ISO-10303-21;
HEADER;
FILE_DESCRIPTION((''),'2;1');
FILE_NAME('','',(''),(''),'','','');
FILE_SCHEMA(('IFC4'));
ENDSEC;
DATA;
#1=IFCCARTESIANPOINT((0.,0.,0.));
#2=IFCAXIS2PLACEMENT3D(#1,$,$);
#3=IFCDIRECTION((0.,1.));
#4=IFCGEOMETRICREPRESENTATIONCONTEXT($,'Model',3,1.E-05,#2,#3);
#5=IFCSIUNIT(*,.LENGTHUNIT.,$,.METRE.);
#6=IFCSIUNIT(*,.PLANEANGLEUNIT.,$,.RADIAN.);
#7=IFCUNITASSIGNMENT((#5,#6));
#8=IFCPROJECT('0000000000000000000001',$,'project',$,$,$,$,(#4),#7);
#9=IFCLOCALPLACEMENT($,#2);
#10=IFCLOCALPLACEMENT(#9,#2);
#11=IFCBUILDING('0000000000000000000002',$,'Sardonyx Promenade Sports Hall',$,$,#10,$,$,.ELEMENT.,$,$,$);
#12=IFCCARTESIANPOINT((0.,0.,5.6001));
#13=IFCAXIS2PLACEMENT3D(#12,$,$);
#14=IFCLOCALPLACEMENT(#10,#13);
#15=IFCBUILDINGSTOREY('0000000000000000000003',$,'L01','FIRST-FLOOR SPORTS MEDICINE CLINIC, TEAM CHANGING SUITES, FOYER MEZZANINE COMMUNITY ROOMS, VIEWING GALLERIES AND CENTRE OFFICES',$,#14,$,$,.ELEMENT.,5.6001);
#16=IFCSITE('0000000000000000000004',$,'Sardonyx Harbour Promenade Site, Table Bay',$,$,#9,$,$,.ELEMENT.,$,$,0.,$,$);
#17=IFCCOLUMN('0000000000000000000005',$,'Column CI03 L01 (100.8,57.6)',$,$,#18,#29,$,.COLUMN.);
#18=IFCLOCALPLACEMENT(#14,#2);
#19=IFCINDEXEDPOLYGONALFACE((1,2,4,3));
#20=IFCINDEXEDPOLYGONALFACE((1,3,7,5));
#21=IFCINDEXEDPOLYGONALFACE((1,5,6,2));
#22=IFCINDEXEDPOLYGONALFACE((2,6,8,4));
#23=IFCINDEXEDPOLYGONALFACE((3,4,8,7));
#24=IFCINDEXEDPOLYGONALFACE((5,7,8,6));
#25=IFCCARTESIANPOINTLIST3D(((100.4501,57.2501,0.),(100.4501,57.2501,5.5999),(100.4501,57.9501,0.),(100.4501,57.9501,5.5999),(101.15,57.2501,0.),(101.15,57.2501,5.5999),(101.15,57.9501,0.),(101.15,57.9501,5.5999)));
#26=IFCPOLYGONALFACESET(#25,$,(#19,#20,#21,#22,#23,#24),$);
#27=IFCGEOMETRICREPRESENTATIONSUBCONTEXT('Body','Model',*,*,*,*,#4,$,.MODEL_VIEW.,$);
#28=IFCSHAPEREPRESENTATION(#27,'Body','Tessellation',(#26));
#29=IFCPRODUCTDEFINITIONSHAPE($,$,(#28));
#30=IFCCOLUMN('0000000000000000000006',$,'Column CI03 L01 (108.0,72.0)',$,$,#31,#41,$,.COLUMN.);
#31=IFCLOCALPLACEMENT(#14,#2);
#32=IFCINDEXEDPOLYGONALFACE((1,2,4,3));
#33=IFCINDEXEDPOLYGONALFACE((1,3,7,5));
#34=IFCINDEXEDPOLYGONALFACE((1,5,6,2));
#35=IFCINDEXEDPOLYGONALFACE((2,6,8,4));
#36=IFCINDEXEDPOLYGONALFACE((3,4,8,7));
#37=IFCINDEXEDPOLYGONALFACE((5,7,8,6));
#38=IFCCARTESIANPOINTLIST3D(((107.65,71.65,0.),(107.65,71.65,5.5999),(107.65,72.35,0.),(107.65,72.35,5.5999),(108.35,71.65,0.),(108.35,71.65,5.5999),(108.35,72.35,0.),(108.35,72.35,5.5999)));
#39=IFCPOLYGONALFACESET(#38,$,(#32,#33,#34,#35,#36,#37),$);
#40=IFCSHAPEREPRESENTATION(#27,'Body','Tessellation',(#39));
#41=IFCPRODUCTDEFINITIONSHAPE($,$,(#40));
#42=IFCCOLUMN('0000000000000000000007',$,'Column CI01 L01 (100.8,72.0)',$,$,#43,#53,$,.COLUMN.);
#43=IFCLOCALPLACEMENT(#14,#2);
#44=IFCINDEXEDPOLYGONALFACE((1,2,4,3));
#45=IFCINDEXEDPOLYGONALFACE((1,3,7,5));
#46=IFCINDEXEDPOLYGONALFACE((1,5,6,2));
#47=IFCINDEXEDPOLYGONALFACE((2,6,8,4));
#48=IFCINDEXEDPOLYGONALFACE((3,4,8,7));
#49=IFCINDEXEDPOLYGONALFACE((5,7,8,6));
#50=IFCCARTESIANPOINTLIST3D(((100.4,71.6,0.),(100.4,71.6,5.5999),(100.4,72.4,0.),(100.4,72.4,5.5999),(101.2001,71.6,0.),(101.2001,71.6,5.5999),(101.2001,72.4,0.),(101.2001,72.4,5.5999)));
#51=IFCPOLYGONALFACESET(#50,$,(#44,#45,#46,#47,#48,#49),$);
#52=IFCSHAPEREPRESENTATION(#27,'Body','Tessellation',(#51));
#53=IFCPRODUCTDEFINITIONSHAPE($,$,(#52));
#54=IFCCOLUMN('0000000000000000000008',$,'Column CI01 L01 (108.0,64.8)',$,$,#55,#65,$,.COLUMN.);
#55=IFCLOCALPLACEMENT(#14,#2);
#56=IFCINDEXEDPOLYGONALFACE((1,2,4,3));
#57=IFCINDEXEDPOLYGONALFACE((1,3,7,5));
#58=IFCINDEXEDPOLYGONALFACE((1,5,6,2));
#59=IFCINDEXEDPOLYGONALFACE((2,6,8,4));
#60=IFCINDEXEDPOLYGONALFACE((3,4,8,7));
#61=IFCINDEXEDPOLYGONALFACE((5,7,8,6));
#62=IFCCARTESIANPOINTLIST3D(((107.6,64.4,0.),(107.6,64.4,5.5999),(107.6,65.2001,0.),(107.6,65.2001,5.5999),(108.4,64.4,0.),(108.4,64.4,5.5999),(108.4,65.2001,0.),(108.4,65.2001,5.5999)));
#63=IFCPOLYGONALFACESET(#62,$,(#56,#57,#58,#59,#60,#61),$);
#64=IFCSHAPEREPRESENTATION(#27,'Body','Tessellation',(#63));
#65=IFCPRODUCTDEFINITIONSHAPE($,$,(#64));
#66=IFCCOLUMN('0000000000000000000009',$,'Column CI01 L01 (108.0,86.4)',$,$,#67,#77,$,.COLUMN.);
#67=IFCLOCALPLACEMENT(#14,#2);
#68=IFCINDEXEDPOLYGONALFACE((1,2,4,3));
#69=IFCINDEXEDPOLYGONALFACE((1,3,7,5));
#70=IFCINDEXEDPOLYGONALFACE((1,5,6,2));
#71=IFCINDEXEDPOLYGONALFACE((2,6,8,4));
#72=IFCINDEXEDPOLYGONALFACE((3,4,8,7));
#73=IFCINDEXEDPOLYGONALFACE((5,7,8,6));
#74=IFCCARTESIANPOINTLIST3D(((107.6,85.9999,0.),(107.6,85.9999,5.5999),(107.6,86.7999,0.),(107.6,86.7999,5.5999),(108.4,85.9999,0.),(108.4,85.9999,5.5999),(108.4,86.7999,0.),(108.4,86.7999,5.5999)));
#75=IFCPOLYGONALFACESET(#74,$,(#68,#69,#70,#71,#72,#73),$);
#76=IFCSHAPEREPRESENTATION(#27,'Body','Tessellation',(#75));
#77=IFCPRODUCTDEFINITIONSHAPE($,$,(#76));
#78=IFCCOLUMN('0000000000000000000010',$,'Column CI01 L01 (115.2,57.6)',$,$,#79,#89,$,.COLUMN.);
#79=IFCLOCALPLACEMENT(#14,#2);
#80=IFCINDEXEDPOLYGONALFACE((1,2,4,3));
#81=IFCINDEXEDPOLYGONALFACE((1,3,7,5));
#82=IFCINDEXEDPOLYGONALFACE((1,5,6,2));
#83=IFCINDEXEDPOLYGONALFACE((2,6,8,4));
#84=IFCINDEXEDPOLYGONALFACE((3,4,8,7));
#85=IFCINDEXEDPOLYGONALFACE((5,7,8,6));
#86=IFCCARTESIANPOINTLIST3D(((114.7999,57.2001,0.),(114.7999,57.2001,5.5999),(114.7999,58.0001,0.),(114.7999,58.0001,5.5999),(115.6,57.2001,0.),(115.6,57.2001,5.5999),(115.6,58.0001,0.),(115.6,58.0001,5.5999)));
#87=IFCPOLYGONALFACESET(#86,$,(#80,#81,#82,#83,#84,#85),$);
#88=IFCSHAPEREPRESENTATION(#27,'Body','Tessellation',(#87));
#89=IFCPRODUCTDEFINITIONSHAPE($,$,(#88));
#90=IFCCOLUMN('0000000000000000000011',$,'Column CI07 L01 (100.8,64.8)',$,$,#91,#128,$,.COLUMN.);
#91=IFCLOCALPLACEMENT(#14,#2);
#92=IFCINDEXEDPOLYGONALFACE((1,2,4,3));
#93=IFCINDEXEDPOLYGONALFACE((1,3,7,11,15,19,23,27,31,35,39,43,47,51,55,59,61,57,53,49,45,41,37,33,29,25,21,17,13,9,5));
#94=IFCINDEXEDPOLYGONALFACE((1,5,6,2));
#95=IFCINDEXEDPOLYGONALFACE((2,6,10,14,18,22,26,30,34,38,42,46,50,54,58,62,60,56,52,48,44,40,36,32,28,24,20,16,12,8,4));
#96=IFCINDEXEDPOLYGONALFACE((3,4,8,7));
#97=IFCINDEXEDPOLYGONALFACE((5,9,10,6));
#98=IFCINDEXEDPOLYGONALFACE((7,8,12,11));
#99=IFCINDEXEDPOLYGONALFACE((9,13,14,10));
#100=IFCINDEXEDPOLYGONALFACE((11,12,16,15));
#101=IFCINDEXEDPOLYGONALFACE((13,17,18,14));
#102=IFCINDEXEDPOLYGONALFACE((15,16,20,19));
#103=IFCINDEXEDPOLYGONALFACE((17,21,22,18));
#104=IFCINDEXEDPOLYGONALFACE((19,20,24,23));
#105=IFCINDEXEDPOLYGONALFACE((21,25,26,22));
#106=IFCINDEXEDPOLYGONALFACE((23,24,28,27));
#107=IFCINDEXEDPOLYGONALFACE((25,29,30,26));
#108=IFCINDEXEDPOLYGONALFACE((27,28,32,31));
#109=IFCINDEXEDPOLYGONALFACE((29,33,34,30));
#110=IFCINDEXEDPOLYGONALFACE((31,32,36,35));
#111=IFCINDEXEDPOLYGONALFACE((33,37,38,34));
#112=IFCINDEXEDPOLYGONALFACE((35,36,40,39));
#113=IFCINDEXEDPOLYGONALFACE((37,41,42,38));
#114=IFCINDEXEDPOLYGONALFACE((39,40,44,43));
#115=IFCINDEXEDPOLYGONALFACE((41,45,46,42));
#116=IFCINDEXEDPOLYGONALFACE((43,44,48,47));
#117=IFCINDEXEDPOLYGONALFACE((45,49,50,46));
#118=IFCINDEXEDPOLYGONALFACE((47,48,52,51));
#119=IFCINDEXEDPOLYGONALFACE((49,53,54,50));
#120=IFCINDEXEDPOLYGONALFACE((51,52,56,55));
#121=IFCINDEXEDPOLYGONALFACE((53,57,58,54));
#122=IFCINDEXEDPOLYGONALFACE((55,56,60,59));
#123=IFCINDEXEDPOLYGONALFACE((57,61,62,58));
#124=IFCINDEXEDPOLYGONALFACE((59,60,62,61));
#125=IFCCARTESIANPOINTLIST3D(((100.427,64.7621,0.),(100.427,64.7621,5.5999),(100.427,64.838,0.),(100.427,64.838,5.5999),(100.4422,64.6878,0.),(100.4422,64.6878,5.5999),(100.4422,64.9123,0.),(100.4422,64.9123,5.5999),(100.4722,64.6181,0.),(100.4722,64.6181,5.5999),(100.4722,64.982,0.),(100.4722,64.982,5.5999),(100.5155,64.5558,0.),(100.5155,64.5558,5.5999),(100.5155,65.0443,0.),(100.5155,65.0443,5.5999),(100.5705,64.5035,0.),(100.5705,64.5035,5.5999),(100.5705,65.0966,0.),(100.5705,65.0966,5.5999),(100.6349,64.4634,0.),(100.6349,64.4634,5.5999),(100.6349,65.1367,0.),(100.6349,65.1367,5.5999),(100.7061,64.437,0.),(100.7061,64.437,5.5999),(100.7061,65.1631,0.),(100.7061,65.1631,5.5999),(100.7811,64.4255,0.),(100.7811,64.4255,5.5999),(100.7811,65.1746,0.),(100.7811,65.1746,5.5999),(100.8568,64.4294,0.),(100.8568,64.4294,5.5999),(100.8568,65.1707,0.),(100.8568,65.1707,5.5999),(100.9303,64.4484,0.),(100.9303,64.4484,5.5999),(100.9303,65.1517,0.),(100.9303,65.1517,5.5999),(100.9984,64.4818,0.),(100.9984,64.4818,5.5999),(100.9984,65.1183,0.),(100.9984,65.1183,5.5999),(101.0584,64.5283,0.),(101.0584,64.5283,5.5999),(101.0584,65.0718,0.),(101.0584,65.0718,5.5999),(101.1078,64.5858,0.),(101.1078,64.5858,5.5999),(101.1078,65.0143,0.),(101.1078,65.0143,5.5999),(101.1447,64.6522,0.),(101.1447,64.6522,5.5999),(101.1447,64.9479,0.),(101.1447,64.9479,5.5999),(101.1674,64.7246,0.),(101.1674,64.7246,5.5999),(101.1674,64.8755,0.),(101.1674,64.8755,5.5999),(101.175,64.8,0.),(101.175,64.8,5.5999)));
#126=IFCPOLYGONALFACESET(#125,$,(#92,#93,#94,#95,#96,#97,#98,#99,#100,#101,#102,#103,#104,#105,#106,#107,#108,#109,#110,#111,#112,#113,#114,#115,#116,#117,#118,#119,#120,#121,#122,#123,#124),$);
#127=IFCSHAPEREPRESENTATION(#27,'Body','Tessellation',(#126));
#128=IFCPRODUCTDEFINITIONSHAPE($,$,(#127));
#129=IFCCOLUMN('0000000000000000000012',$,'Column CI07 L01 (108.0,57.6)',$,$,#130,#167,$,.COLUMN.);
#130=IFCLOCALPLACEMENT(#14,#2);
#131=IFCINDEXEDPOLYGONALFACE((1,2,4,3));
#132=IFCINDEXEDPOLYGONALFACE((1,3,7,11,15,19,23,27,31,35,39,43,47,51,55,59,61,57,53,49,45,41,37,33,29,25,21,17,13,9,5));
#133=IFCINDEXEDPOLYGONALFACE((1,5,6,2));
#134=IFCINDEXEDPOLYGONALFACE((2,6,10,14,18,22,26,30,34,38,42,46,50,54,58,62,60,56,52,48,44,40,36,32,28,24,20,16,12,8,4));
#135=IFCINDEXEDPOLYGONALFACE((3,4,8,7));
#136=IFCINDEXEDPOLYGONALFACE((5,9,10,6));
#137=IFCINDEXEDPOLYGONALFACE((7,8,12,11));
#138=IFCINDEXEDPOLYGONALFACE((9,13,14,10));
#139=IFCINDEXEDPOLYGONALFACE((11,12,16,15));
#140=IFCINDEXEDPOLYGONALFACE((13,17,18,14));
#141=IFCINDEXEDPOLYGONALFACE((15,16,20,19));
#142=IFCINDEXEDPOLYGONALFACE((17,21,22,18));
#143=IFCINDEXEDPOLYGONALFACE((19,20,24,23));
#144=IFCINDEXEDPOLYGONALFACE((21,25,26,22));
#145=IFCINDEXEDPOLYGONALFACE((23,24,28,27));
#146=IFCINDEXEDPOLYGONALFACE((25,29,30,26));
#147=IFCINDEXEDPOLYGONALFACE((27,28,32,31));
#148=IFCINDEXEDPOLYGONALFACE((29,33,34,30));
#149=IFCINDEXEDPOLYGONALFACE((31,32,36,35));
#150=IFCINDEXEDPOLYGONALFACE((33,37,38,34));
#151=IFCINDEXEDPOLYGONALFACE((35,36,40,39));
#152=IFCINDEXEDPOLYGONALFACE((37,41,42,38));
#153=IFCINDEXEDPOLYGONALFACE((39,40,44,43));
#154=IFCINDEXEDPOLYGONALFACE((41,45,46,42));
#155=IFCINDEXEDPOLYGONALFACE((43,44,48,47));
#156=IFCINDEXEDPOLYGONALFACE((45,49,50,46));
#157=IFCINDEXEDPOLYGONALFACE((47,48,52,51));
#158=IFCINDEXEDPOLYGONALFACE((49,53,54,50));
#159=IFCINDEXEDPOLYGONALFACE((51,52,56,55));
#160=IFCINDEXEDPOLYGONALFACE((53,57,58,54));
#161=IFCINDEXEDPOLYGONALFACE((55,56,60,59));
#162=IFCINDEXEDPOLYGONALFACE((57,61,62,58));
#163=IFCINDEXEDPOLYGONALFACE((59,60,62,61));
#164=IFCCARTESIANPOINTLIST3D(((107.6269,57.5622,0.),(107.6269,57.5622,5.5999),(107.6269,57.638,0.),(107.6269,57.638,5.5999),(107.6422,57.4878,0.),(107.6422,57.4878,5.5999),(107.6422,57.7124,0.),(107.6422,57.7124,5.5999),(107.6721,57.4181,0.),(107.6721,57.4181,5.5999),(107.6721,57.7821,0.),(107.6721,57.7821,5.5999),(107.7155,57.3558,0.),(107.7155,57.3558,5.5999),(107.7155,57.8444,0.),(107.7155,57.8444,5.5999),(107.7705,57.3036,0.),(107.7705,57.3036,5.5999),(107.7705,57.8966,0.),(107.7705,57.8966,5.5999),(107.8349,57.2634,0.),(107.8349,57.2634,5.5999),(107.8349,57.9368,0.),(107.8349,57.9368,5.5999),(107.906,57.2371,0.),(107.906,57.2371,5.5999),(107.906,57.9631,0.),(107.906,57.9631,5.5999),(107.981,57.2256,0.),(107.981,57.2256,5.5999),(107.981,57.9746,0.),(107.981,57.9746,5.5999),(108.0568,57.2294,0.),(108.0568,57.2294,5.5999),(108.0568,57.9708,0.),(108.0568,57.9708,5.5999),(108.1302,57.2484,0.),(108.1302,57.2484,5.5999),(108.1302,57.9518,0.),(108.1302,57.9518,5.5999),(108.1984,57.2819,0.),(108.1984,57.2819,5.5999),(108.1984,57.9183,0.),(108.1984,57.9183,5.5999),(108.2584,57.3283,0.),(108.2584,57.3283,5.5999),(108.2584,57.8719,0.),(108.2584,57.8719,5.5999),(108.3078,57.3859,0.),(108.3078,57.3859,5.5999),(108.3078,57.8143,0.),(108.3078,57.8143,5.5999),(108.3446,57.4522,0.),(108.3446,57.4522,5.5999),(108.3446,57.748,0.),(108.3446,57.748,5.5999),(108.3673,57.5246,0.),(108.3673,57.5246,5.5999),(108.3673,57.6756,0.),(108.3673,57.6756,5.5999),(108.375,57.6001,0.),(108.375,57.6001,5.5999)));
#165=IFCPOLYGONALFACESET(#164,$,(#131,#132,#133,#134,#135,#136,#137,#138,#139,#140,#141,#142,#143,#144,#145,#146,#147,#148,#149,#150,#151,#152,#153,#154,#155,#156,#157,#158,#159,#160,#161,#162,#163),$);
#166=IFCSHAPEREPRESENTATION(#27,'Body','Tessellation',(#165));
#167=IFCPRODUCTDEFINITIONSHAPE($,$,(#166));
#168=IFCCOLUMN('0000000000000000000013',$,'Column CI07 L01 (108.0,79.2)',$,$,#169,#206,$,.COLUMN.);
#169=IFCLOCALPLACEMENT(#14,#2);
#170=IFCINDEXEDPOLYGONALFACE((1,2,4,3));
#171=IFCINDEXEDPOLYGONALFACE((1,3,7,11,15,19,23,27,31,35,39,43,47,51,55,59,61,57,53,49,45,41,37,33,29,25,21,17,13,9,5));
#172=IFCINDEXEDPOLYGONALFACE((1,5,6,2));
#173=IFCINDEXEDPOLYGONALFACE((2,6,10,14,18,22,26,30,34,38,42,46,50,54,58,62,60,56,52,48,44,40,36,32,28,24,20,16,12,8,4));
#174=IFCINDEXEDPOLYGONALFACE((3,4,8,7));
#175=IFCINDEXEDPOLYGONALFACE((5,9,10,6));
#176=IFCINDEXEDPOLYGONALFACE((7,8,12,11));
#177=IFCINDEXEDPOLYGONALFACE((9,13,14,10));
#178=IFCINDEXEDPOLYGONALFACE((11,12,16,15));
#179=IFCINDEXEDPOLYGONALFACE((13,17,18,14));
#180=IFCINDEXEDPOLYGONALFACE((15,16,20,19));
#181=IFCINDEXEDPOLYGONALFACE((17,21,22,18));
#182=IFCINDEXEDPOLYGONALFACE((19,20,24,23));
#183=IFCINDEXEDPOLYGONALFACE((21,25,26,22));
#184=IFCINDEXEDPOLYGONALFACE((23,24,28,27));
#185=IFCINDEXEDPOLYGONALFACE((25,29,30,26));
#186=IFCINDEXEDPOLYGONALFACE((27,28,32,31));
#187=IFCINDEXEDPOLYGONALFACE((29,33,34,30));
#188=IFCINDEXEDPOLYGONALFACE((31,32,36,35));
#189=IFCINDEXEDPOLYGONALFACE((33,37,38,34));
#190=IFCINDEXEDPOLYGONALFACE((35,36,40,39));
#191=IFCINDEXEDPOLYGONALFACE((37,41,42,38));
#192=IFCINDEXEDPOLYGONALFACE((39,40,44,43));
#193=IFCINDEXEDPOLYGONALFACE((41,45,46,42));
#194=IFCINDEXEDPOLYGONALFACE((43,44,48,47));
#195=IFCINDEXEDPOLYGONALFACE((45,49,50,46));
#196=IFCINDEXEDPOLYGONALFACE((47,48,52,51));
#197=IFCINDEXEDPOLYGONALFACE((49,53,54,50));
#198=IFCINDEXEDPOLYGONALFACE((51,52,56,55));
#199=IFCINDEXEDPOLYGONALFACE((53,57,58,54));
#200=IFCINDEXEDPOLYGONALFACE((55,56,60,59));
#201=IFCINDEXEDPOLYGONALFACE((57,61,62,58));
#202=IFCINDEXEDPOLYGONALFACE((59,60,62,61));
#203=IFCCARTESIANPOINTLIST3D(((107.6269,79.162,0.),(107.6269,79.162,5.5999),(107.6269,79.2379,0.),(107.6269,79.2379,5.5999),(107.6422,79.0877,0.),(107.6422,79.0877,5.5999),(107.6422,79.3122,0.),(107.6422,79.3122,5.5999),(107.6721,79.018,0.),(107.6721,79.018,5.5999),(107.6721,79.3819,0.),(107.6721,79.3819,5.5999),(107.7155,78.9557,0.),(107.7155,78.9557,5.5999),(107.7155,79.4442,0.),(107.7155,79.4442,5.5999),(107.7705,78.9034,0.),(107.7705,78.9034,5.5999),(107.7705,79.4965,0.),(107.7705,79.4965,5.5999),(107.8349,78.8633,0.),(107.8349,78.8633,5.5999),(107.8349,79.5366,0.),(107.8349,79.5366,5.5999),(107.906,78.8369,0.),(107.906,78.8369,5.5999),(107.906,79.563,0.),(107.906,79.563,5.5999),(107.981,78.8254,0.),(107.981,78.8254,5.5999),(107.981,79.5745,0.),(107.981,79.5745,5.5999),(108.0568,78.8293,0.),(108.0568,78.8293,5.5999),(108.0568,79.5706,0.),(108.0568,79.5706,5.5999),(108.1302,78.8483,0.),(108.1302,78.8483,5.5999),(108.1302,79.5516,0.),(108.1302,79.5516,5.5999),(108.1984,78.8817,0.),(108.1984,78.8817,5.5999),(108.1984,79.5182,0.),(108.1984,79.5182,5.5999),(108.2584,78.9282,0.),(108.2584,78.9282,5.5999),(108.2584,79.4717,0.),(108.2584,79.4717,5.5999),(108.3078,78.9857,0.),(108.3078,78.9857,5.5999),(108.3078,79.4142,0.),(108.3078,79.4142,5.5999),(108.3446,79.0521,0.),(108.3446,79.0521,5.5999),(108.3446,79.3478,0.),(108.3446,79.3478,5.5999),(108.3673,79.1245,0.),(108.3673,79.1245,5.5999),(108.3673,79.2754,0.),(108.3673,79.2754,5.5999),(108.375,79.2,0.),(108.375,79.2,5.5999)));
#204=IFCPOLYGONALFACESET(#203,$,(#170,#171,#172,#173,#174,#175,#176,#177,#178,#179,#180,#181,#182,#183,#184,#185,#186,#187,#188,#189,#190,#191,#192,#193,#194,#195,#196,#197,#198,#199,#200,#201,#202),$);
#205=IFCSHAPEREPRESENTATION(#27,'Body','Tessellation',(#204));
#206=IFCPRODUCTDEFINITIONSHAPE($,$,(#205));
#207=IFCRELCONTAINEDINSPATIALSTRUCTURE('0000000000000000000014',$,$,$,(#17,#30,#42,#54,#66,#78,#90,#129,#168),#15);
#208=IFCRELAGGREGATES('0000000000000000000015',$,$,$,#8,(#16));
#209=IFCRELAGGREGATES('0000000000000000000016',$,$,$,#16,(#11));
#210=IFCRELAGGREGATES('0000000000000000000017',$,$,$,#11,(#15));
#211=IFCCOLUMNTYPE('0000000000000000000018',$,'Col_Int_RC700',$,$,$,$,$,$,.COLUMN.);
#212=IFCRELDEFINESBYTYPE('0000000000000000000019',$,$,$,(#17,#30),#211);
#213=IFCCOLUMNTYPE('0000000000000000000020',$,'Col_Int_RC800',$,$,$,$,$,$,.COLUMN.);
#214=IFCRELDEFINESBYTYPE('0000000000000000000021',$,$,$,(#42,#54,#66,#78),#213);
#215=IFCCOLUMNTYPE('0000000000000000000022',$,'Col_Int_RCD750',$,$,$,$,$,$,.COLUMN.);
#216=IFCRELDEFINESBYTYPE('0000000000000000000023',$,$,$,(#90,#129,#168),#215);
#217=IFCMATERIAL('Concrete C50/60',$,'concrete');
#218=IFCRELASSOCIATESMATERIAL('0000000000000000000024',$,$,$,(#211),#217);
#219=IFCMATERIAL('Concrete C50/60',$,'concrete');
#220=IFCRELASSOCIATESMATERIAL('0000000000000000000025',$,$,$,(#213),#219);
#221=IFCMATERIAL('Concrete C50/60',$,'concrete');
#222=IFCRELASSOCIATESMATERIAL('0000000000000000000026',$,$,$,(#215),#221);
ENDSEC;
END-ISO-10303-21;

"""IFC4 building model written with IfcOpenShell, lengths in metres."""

from ifc_helpers import new_model, si_unit, direction, frame, origin, origin_2d, place, context, subcontext, project, spatial, rectangle, circle, extrude, material, material_profile, profile_set, type_object, element, save


model = new_model("IFC4")

# Units and contexts
model_context = context("Model", 3, precision=1e-05, world=origin(), true_north=direction((0.0, 1.0)))
body_context = subcontext(model_context, "Body", "Model", "MODEL_VIEW")
ifc_project = project(units=[si_unit("LENGTHUNIT", "METRE"), si_unit("PLANEANGLEUNIT", "RADIAN")], contexts=[model_context])

# Site, building, storey
site_placement = place(None, origin())
site = spatial("IfcSite", under=ifc_project, at=site_placement, Name="Sardonyx Harbour Promenade Site, Table Bay", CompositionType="ELEMENT", RefElevation=0.0)
building_placement = place(site_placement, origin())
building = spatial("IfcBuilding", under=site, at=building_placement, Name="Sardonyx Promenade Sports Hall", CompositionType="ELEMENT")
storey_placement = place(building_placement, frame((0.0, 0.0, 5.6001)))
storey = spatial("IfcBuildingStorey", under=building, at=storey_placement, Name="L01", Description="FIRST-FLOOR SPORTS MEDICINE CLINIC, TEAM CHANGING SUITES, FOYER MEZZANINE COMMUNITY ROOMS, VIEWING GALLERIES AND CENTRE OFFICES", CompositionType="ELEMENT", Elevation=5.6001)

# Columns
ifc_material_1 = material(Name="Concrete C50/60", Category="concrete")
ifc_material_profile_1 = material_profile(ifc_material_1, rectangle(XDim=0.7, YDim=0.7, at=origin_2d()))
ifc_profile_set_1 = profile_set([ifc_material_profile_1], Name="Concrete C50/60")
column_type_1 = type_object("IfcColumnType", Name="Col_Int_RC700", PredefinedType="COLUMN", material=ifc_profile_set_1)
for number, where, z_axis, x_axis, name in (
    (1, (100.8, 57.6001, 0.0), (0.0, 0.0, 1.0), (1.0, 0.0, 0.0), "Column CI03 L01 (100.8,57.6)"),
    (2, (108.0, 72.0, 0.0), (0.0, 0.0, 1.0), (1.0, 0.0, 0.0), "Column CI03 L01 (108.0,72.0)"),
):
    element("IfcColumn", number, at=place(storey_placement, frame(where, z_axis=z_axis, x_axis=x_axis)), inside=storey, type_object=column_type_1, Name=name, PredefinedType="COLUMN", context=body_context, shape_type="SweptSolid", body=[
        extrude(rectangle(XDim=0.7, YDim=0.7, at=origin_2d()), origin(), (0.0, 0.0, 1.0), 5.5999),
    ])
ifc_material_2 = material(Name="Concrete C50/60", Category="concrete")
ifc_material_profile_2 = material_profile(ifc_material_2, rectangle(XDim=0.8, YDim=0.8, at=origin_2d()))
ifc_profile_set_2 = profile_set([ifc_material_profile_2], Name="Concrete C50/60")
column_type_2 = type_object("IfcColumnType", Name="Col_Int_RC800", PredefinedType="COLUMN", material=ifc_profile_set_2)
for number, where, z_axis, x_axis, name in (
    (3, (100.8, 72.0, 0.0), (0.0, 0.0, 1.0), (1.0, 0.0, 0.0), "Column CI01 L01 (100.8,72.0)"),
    (4, (108.0, 64.8, 0.0), (0.0, 0.0, 1.0), (1.0, 0.0, 0.0), "Column CI01 L01 (108.0,64.8)"),
    (5, (108.0, 86.3999, 0.0), (0.0, 0.0, 1.0), (1.0, 0.0, 0.0), "Column CI01 L01 (108.0,86.4)"),
    (6, (115.2, 57.6001, 0.0), (0.0, 0.0, 1.0), (1.0, 0.0, 0.0), "Column CI01 L01 (115.2,57.6)"),
):
    element("IfcColumn", number, at=place(storey_placement, frame(where, z_axis=z_axis, x_axis=x_axis)), inside=storey, type_object=column_type_2, Name=name, PredefinedType="COLUMN", context=body_context, shape_type="SweptSolid", body=[
        extrude(rectangle(XDim=0.8, YDim=0.8, at=origin_2d()), origin(), (0.0, 0.0, 1.0), 5.5999),
    ])
ifc_material_3 = material(Name="Concrete C50/60", Category="concrete")
ifc_material_profile_3 = material_profile(ifc_material_3, circle(Radius=0.375, at=origin_2d()))
ifc_profile_set_3 = profile_set([ifc_material_profile_3], Name="Concrete C50/60")
column_type_3 = type_object("IfcColumnType", Name="Col_Int_RCD750", PredefinedType="COLUMN", material=ifc_profile_set_3)
for number, where, z_axis, x_axis, name in (
    (7, (100.8, 64.8, 0.0), (0.0, 0.0, 1.0), (1.0, 0.0, 0.0), "Column CI07 L01 (100.8,64.8)"),
    (8, (108.0, 57.6001, 0.0), (0.0, 0.0, 1.0), (1.0, 0.0, 0.0), "Column CI07 L01 (108.0,57.6)"),
    (9, (108.0, 79.2, 0.0), (0.0, 0.0, 1.0), (1.0, 0.0, 0.0), "Column CI07 L01 (108.0,79.2)"),
):
    element("IfcColumn", number, at=place(storey_placement, frame(where, z_axis=z_axis, x_axis=x_axis)), inside=storey, type_object=column_type_3, Name=name, PredefinedType="COLUMN", context=body_context, shape_type="SweptSolid", body=[
        extrude(circle(Radius=0.375, at=origin_2d()), origin(), (0.0, 0.0, 1.0), 5.5999),
    ])

save(model, "model.ifc")
